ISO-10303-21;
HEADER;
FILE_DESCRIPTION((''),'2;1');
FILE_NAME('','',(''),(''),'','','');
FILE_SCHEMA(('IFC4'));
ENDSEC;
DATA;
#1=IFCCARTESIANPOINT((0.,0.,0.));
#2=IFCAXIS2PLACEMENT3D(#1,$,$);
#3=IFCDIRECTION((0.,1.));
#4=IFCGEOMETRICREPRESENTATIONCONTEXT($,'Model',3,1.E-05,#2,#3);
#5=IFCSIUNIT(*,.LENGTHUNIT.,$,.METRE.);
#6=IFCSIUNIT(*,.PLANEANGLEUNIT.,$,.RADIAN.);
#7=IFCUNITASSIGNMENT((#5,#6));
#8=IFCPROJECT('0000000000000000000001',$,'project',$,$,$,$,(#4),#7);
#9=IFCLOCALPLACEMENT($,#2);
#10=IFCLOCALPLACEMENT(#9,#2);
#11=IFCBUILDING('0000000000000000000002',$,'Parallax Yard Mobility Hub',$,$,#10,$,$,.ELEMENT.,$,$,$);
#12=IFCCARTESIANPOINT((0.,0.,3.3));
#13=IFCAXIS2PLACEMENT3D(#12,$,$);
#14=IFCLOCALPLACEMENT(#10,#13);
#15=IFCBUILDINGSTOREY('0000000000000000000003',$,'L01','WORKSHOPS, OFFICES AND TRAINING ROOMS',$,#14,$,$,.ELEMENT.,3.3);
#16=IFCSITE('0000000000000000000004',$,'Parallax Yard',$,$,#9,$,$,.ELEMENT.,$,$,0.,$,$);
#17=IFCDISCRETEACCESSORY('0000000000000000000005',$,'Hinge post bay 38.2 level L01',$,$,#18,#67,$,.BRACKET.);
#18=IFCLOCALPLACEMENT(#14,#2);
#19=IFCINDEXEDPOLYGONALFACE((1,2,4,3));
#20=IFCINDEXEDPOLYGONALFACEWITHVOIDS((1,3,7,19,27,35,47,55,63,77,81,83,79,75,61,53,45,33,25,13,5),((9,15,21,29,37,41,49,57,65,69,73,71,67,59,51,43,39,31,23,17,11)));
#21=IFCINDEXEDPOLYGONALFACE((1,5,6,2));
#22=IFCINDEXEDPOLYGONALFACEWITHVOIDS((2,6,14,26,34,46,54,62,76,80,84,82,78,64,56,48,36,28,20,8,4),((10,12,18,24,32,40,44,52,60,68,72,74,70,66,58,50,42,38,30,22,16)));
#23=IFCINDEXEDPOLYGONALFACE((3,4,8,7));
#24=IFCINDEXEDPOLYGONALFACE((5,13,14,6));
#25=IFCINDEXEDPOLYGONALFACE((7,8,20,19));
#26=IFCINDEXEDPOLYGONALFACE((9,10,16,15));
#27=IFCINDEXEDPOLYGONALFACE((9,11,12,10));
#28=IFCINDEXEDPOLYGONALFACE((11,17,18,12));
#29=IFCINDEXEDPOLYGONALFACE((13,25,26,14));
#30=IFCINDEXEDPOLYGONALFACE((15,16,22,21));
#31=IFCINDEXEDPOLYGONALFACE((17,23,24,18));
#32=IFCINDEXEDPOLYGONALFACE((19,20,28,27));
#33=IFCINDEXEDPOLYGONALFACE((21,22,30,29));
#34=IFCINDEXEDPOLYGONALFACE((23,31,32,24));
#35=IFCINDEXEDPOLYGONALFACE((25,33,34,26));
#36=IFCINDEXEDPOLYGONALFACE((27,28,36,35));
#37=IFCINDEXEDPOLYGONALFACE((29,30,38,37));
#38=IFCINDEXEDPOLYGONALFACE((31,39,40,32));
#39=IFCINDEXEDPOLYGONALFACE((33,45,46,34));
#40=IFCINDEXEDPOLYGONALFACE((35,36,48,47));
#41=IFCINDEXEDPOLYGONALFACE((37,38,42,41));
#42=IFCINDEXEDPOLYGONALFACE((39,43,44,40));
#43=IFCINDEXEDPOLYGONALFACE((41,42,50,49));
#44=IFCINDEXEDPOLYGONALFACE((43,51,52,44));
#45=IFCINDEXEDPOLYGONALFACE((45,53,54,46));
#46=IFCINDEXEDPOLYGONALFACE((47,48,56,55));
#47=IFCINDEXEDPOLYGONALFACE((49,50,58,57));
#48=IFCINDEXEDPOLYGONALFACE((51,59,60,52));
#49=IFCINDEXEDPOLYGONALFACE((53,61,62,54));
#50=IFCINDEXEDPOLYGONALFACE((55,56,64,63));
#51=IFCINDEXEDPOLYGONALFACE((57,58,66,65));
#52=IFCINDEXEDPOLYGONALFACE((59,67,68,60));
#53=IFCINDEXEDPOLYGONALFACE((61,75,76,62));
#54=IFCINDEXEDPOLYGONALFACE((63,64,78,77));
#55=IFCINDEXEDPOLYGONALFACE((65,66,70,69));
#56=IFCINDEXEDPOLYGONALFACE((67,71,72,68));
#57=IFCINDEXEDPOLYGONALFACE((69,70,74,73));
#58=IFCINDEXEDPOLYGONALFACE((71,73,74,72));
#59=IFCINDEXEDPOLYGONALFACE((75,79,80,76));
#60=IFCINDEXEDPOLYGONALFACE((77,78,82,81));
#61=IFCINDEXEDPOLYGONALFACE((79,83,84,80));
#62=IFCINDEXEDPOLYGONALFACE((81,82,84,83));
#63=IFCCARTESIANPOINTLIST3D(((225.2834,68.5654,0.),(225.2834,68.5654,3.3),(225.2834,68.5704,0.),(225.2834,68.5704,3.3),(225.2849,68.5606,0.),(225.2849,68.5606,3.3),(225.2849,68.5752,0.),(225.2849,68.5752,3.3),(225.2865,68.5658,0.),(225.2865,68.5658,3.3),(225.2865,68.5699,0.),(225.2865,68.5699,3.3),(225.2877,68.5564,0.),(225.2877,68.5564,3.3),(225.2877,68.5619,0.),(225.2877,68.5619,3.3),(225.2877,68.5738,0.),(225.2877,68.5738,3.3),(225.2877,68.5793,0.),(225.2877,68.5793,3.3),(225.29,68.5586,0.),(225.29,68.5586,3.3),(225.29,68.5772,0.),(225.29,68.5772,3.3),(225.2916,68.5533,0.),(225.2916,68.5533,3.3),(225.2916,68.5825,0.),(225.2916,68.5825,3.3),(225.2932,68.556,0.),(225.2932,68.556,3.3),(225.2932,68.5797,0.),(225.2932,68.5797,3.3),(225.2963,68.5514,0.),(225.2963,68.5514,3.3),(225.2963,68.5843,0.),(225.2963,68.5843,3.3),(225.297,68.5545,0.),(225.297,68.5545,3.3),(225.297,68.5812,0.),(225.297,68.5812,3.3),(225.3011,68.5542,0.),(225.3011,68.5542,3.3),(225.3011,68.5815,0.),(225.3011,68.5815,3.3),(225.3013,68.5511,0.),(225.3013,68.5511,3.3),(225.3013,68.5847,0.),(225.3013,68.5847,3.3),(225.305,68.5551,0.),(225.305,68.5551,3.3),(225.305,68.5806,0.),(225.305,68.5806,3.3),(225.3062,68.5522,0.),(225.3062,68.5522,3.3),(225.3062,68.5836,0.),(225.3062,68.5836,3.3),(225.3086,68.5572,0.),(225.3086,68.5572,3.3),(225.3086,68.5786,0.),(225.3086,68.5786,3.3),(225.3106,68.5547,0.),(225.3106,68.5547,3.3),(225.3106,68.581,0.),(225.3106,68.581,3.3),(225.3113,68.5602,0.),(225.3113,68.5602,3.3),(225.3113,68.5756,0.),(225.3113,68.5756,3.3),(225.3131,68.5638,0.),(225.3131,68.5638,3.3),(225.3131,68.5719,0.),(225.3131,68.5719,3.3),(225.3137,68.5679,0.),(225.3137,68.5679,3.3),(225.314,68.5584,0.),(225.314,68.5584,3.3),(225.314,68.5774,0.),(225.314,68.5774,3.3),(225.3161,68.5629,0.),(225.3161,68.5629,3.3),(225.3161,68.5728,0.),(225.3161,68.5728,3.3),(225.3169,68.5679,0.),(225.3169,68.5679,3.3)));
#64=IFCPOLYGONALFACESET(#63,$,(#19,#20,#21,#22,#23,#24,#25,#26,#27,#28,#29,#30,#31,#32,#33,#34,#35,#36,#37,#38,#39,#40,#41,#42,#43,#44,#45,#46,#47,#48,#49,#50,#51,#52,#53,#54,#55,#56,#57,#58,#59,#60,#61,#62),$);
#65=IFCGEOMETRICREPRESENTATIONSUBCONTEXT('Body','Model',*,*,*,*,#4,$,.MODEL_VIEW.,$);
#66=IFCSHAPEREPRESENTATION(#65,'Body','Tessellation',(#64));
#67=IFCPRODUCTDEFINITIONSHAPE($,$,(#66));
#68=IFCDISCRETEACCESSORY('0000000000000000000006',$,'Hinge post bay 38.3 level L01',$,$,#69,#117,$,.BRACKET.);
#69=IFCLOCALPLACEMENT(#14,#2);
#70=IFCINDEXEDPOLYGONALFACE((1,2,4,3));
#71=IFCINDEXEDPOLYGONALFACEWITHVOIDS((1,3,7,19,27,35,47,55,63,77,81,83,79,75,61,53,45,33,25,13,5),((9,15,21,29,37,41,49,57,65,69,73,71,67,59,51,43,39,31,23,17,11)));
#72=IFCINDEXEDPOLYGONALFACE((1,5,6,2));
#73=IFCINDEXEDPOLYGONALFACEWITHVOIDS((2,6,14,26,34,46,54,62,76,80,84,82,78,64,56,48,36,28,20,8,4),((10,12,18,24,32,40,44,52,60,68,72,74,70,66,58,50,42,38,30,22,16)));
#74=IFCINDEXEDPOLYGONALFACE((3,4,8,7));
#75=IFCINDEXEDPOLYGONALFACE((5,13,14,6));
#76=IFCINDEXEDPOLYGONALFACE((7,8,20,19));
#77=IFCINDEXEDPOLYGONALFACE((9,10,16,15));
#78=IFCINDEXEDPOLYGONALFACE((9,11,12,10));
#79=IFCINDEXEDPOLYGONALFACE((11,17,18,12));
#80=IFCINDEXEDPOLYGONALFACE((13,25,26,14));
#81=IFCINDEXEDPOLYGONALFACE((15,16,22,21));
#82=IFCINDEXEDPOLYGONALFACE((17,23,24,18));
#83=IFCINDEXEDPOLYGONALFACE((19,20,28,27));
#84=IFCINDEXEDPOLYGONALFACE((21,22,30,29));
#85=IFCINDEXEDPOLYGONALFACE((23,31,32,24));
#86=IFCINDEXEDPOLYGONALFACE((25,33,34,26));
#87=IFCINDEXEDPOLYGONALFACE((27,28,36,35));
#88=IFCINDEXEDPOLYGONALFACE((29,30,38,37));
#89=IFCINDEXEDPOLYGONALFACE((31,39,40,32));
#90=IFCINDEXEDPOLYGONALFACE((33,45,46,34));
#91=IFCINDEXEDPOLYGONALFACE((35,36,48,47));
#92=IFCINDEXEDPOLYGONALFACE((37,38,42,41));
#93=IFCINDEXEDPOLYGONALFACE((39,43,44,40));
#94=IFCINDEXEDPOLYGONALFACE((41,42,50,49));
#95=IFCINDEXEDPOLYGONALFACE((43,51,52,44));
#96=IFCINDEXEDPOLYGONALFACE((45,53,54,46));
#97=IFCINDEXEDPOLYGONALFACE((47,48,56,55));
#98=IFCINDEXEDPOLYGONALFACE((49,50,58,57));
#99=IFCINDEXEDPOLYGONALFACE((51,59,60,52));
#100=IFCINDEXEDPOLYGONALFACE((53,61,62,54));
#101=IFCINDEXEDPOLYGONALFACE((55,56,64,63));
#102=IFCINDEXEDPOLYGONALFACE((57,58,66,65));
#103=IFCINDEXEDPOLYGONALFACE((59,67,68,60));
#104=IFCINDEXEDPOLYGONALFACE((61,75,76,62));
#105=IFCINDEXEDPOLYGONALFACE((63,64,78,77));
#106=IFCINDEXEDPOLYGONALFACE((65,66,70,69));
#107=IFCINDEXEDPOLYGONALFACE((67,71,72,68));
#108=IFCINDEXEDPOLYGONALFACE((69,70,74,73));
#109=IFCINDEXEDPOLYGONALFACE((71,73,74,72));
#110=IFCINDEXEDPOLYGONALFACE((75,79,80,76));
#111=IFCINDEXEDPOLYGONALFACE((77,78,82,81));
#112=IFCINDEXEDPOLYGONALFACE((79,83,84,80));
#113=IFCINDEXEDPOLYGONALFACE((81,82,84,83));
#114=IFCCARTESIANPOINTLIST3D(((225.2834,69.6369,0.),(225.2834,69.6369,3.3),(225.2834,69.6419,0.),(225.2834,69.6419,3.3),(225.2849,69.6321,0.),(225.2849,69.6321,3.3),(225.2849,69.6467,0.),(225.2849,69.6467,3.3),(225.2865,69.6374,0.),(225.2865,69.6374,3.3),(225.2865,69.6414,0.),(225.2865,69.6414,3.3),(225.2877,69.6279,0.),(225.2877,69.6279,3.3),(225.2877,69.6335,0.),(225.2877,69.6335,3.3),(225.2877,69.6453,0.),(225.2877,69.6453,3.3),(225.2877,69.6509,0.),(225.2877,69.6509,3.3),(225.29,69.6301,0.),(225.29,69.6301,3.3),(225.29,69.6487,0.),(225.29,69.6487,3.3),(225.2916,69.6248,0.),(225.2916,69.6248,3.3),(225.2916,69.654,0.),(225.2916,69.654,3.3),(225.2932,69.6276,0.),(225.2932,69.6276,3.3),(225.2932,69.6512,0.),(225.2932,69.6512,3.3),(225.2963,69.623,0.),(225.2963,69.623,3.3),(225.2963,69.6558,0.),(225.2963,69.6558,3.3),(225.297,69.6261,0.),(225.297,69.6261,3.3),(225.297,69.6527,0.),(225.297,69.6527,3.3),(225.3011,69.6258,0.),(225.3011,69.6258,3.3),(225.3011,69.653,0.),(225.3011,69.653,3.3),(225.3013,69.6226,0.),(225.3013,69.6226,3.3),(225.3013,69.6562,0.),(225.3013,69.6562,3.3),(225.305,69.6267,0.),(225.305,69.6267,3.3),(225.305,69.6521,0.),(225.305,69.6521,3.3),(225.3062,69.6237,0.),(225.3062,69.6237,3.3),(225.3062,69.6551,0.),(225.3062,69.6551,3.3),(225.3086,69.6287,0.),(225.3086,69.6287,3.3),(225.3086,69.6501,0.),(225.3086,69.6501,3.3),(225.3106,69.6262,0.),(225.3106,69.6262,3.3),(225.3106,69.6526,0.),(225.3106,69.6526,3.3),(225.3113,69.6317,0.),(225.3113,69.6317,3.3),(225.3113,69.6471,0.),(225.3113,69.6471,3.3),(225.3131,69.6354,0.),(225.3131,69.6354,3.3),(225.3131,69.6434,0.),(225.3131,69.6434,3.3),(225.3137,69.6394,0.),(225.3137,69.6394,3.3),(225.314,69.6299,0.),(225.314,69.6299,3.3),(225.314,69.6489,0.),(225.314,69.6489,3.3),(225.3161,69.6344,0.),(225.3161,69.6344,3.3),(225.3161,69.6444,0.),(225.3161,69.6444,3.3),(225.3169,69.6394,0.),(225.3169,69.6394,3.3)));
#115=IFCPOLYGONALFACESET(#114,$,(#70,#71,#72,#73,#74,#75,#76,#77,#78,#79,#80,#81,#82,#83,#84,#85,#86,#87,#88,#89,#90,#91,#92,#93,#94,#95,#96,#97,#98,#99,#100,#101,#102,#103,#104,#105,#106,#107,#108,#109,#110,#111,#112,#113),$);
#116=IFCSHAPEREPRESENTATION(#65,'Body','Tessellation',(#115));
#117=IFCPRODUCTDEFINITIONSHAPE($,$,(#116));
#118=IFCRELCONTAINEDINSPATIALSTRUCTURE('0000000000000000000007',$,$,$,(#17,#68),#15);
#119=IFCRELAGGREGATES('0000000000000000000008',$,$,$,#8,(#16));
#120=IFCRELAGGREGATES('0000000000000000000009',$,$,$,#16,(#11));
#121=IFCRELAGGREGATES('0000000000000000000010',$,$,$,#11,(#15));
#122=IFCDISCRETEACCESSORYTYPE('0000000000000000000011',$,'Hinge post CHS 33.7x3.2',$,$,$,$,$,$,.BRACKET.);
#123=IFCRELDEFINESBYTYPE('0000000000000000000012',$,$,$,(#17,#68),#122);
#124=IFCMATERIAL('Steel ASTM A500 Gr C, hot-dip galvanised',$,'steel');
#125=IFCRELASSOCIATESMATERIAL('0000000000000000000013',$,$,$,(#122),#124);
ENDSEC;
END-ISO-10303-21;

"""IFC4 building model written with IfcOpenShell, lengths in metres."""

from ifc_helpers import new_model, si_unit, direction, frame, origin, origin_2d, place, context, subcontext, project, spatial, hollow_circle, extrude, material, material_profile, profile_set, type_object, element, save


model = new_model("IFC4")

# Units and contexts
model_context = context("Model", 3, precision=1e-05, world=origin(), true_north=direction((0.0, 1.0)))
body_context = subcontext(model_context, "Body", "Model", "MODEL_VIEW")
ifc_project = project(units=[si_unit("LENGTHUNIT", "METRE"), si_unit("PLANEANGLEUNIT", "RADIAN")], contexts=[model_context])

# Site, building, storey
site_placement = place(None, origin())
site = spatial("IfcSite", under=ifc_project, at=site_placement, Name="Parallax Yard", CompositionType="ELEMENT", RefElevation=0.0)
building_placement = place(site_placement, origin())
building = spatial("IfcBuilding", under=site, at=building_placement, Name="Parallax Yard Mobility Hub", CompositionType="ELEMENT")
storey_placement = place(building_placement, frame((0.0, 0.0, 3.3)))
storey = spatial("IfcBuildingStorey", under=building, at=storey_placement, Name="L01", Description="WORKSHOPS, OFFICES AND TRAINING ROOMS", CompositionType="ELEMENT", Elevation=3.3)

# Discrete accessories
ifc_material_1 = material(Name="Steel ASTM A500 Gr C, hot-dip galvanised", Category="steel")
ifc_material_profile_1 = material_profile(ifc_material_1, hollow_circle(Radius=0.0168, WallThickness=0.0032, at=origin_2d()), Name="CHS 33.7x3.2")
ifc_profile_set_1 = profile_set([ifc_material_profile_1], Name="Steel ASTM A500 Gr C, hot-dip galvanised")
discrete_accessory_type_1 = type_object("IfcDiscreteAccessoryType", Name="Hinge post CHS 33.7x3.2", PredefinedType="BRACKET", material=ifc_profile_set_1)
for number, where, z_axis, x_axis, name in (
    (1, (225.3, 68.5679, 0.0), (0.0, 0.0, 1.0), (1.0, 0.0, 0.0), "Hinge post bay 38.2 level L01"),
    (2, (225.3, 69.6394, 0.0), (0.0, 0.0, 1.0), (1.0, 0.0, 0.0), "Hinge post bay 38.3 level L01"),
):
    element("IfcDiscreteAccessory", number, at=place(storey_placement, frame(where, z_axis=z_axis, x_axis=x_axis)), inside=storey, type_object=discrete_accessory_type_1, Name=name, PredefinedType="BRACKET", context=body_context, shape_type="SweptSolid", body=[
        extrude(hollow_circle(Radius=0.0168, WallThickness=0.0032, at=origin_2d()), origin(), (0.0, 0.0, 1.0), 3.3),
    ])

save(model, "model.ifc")
